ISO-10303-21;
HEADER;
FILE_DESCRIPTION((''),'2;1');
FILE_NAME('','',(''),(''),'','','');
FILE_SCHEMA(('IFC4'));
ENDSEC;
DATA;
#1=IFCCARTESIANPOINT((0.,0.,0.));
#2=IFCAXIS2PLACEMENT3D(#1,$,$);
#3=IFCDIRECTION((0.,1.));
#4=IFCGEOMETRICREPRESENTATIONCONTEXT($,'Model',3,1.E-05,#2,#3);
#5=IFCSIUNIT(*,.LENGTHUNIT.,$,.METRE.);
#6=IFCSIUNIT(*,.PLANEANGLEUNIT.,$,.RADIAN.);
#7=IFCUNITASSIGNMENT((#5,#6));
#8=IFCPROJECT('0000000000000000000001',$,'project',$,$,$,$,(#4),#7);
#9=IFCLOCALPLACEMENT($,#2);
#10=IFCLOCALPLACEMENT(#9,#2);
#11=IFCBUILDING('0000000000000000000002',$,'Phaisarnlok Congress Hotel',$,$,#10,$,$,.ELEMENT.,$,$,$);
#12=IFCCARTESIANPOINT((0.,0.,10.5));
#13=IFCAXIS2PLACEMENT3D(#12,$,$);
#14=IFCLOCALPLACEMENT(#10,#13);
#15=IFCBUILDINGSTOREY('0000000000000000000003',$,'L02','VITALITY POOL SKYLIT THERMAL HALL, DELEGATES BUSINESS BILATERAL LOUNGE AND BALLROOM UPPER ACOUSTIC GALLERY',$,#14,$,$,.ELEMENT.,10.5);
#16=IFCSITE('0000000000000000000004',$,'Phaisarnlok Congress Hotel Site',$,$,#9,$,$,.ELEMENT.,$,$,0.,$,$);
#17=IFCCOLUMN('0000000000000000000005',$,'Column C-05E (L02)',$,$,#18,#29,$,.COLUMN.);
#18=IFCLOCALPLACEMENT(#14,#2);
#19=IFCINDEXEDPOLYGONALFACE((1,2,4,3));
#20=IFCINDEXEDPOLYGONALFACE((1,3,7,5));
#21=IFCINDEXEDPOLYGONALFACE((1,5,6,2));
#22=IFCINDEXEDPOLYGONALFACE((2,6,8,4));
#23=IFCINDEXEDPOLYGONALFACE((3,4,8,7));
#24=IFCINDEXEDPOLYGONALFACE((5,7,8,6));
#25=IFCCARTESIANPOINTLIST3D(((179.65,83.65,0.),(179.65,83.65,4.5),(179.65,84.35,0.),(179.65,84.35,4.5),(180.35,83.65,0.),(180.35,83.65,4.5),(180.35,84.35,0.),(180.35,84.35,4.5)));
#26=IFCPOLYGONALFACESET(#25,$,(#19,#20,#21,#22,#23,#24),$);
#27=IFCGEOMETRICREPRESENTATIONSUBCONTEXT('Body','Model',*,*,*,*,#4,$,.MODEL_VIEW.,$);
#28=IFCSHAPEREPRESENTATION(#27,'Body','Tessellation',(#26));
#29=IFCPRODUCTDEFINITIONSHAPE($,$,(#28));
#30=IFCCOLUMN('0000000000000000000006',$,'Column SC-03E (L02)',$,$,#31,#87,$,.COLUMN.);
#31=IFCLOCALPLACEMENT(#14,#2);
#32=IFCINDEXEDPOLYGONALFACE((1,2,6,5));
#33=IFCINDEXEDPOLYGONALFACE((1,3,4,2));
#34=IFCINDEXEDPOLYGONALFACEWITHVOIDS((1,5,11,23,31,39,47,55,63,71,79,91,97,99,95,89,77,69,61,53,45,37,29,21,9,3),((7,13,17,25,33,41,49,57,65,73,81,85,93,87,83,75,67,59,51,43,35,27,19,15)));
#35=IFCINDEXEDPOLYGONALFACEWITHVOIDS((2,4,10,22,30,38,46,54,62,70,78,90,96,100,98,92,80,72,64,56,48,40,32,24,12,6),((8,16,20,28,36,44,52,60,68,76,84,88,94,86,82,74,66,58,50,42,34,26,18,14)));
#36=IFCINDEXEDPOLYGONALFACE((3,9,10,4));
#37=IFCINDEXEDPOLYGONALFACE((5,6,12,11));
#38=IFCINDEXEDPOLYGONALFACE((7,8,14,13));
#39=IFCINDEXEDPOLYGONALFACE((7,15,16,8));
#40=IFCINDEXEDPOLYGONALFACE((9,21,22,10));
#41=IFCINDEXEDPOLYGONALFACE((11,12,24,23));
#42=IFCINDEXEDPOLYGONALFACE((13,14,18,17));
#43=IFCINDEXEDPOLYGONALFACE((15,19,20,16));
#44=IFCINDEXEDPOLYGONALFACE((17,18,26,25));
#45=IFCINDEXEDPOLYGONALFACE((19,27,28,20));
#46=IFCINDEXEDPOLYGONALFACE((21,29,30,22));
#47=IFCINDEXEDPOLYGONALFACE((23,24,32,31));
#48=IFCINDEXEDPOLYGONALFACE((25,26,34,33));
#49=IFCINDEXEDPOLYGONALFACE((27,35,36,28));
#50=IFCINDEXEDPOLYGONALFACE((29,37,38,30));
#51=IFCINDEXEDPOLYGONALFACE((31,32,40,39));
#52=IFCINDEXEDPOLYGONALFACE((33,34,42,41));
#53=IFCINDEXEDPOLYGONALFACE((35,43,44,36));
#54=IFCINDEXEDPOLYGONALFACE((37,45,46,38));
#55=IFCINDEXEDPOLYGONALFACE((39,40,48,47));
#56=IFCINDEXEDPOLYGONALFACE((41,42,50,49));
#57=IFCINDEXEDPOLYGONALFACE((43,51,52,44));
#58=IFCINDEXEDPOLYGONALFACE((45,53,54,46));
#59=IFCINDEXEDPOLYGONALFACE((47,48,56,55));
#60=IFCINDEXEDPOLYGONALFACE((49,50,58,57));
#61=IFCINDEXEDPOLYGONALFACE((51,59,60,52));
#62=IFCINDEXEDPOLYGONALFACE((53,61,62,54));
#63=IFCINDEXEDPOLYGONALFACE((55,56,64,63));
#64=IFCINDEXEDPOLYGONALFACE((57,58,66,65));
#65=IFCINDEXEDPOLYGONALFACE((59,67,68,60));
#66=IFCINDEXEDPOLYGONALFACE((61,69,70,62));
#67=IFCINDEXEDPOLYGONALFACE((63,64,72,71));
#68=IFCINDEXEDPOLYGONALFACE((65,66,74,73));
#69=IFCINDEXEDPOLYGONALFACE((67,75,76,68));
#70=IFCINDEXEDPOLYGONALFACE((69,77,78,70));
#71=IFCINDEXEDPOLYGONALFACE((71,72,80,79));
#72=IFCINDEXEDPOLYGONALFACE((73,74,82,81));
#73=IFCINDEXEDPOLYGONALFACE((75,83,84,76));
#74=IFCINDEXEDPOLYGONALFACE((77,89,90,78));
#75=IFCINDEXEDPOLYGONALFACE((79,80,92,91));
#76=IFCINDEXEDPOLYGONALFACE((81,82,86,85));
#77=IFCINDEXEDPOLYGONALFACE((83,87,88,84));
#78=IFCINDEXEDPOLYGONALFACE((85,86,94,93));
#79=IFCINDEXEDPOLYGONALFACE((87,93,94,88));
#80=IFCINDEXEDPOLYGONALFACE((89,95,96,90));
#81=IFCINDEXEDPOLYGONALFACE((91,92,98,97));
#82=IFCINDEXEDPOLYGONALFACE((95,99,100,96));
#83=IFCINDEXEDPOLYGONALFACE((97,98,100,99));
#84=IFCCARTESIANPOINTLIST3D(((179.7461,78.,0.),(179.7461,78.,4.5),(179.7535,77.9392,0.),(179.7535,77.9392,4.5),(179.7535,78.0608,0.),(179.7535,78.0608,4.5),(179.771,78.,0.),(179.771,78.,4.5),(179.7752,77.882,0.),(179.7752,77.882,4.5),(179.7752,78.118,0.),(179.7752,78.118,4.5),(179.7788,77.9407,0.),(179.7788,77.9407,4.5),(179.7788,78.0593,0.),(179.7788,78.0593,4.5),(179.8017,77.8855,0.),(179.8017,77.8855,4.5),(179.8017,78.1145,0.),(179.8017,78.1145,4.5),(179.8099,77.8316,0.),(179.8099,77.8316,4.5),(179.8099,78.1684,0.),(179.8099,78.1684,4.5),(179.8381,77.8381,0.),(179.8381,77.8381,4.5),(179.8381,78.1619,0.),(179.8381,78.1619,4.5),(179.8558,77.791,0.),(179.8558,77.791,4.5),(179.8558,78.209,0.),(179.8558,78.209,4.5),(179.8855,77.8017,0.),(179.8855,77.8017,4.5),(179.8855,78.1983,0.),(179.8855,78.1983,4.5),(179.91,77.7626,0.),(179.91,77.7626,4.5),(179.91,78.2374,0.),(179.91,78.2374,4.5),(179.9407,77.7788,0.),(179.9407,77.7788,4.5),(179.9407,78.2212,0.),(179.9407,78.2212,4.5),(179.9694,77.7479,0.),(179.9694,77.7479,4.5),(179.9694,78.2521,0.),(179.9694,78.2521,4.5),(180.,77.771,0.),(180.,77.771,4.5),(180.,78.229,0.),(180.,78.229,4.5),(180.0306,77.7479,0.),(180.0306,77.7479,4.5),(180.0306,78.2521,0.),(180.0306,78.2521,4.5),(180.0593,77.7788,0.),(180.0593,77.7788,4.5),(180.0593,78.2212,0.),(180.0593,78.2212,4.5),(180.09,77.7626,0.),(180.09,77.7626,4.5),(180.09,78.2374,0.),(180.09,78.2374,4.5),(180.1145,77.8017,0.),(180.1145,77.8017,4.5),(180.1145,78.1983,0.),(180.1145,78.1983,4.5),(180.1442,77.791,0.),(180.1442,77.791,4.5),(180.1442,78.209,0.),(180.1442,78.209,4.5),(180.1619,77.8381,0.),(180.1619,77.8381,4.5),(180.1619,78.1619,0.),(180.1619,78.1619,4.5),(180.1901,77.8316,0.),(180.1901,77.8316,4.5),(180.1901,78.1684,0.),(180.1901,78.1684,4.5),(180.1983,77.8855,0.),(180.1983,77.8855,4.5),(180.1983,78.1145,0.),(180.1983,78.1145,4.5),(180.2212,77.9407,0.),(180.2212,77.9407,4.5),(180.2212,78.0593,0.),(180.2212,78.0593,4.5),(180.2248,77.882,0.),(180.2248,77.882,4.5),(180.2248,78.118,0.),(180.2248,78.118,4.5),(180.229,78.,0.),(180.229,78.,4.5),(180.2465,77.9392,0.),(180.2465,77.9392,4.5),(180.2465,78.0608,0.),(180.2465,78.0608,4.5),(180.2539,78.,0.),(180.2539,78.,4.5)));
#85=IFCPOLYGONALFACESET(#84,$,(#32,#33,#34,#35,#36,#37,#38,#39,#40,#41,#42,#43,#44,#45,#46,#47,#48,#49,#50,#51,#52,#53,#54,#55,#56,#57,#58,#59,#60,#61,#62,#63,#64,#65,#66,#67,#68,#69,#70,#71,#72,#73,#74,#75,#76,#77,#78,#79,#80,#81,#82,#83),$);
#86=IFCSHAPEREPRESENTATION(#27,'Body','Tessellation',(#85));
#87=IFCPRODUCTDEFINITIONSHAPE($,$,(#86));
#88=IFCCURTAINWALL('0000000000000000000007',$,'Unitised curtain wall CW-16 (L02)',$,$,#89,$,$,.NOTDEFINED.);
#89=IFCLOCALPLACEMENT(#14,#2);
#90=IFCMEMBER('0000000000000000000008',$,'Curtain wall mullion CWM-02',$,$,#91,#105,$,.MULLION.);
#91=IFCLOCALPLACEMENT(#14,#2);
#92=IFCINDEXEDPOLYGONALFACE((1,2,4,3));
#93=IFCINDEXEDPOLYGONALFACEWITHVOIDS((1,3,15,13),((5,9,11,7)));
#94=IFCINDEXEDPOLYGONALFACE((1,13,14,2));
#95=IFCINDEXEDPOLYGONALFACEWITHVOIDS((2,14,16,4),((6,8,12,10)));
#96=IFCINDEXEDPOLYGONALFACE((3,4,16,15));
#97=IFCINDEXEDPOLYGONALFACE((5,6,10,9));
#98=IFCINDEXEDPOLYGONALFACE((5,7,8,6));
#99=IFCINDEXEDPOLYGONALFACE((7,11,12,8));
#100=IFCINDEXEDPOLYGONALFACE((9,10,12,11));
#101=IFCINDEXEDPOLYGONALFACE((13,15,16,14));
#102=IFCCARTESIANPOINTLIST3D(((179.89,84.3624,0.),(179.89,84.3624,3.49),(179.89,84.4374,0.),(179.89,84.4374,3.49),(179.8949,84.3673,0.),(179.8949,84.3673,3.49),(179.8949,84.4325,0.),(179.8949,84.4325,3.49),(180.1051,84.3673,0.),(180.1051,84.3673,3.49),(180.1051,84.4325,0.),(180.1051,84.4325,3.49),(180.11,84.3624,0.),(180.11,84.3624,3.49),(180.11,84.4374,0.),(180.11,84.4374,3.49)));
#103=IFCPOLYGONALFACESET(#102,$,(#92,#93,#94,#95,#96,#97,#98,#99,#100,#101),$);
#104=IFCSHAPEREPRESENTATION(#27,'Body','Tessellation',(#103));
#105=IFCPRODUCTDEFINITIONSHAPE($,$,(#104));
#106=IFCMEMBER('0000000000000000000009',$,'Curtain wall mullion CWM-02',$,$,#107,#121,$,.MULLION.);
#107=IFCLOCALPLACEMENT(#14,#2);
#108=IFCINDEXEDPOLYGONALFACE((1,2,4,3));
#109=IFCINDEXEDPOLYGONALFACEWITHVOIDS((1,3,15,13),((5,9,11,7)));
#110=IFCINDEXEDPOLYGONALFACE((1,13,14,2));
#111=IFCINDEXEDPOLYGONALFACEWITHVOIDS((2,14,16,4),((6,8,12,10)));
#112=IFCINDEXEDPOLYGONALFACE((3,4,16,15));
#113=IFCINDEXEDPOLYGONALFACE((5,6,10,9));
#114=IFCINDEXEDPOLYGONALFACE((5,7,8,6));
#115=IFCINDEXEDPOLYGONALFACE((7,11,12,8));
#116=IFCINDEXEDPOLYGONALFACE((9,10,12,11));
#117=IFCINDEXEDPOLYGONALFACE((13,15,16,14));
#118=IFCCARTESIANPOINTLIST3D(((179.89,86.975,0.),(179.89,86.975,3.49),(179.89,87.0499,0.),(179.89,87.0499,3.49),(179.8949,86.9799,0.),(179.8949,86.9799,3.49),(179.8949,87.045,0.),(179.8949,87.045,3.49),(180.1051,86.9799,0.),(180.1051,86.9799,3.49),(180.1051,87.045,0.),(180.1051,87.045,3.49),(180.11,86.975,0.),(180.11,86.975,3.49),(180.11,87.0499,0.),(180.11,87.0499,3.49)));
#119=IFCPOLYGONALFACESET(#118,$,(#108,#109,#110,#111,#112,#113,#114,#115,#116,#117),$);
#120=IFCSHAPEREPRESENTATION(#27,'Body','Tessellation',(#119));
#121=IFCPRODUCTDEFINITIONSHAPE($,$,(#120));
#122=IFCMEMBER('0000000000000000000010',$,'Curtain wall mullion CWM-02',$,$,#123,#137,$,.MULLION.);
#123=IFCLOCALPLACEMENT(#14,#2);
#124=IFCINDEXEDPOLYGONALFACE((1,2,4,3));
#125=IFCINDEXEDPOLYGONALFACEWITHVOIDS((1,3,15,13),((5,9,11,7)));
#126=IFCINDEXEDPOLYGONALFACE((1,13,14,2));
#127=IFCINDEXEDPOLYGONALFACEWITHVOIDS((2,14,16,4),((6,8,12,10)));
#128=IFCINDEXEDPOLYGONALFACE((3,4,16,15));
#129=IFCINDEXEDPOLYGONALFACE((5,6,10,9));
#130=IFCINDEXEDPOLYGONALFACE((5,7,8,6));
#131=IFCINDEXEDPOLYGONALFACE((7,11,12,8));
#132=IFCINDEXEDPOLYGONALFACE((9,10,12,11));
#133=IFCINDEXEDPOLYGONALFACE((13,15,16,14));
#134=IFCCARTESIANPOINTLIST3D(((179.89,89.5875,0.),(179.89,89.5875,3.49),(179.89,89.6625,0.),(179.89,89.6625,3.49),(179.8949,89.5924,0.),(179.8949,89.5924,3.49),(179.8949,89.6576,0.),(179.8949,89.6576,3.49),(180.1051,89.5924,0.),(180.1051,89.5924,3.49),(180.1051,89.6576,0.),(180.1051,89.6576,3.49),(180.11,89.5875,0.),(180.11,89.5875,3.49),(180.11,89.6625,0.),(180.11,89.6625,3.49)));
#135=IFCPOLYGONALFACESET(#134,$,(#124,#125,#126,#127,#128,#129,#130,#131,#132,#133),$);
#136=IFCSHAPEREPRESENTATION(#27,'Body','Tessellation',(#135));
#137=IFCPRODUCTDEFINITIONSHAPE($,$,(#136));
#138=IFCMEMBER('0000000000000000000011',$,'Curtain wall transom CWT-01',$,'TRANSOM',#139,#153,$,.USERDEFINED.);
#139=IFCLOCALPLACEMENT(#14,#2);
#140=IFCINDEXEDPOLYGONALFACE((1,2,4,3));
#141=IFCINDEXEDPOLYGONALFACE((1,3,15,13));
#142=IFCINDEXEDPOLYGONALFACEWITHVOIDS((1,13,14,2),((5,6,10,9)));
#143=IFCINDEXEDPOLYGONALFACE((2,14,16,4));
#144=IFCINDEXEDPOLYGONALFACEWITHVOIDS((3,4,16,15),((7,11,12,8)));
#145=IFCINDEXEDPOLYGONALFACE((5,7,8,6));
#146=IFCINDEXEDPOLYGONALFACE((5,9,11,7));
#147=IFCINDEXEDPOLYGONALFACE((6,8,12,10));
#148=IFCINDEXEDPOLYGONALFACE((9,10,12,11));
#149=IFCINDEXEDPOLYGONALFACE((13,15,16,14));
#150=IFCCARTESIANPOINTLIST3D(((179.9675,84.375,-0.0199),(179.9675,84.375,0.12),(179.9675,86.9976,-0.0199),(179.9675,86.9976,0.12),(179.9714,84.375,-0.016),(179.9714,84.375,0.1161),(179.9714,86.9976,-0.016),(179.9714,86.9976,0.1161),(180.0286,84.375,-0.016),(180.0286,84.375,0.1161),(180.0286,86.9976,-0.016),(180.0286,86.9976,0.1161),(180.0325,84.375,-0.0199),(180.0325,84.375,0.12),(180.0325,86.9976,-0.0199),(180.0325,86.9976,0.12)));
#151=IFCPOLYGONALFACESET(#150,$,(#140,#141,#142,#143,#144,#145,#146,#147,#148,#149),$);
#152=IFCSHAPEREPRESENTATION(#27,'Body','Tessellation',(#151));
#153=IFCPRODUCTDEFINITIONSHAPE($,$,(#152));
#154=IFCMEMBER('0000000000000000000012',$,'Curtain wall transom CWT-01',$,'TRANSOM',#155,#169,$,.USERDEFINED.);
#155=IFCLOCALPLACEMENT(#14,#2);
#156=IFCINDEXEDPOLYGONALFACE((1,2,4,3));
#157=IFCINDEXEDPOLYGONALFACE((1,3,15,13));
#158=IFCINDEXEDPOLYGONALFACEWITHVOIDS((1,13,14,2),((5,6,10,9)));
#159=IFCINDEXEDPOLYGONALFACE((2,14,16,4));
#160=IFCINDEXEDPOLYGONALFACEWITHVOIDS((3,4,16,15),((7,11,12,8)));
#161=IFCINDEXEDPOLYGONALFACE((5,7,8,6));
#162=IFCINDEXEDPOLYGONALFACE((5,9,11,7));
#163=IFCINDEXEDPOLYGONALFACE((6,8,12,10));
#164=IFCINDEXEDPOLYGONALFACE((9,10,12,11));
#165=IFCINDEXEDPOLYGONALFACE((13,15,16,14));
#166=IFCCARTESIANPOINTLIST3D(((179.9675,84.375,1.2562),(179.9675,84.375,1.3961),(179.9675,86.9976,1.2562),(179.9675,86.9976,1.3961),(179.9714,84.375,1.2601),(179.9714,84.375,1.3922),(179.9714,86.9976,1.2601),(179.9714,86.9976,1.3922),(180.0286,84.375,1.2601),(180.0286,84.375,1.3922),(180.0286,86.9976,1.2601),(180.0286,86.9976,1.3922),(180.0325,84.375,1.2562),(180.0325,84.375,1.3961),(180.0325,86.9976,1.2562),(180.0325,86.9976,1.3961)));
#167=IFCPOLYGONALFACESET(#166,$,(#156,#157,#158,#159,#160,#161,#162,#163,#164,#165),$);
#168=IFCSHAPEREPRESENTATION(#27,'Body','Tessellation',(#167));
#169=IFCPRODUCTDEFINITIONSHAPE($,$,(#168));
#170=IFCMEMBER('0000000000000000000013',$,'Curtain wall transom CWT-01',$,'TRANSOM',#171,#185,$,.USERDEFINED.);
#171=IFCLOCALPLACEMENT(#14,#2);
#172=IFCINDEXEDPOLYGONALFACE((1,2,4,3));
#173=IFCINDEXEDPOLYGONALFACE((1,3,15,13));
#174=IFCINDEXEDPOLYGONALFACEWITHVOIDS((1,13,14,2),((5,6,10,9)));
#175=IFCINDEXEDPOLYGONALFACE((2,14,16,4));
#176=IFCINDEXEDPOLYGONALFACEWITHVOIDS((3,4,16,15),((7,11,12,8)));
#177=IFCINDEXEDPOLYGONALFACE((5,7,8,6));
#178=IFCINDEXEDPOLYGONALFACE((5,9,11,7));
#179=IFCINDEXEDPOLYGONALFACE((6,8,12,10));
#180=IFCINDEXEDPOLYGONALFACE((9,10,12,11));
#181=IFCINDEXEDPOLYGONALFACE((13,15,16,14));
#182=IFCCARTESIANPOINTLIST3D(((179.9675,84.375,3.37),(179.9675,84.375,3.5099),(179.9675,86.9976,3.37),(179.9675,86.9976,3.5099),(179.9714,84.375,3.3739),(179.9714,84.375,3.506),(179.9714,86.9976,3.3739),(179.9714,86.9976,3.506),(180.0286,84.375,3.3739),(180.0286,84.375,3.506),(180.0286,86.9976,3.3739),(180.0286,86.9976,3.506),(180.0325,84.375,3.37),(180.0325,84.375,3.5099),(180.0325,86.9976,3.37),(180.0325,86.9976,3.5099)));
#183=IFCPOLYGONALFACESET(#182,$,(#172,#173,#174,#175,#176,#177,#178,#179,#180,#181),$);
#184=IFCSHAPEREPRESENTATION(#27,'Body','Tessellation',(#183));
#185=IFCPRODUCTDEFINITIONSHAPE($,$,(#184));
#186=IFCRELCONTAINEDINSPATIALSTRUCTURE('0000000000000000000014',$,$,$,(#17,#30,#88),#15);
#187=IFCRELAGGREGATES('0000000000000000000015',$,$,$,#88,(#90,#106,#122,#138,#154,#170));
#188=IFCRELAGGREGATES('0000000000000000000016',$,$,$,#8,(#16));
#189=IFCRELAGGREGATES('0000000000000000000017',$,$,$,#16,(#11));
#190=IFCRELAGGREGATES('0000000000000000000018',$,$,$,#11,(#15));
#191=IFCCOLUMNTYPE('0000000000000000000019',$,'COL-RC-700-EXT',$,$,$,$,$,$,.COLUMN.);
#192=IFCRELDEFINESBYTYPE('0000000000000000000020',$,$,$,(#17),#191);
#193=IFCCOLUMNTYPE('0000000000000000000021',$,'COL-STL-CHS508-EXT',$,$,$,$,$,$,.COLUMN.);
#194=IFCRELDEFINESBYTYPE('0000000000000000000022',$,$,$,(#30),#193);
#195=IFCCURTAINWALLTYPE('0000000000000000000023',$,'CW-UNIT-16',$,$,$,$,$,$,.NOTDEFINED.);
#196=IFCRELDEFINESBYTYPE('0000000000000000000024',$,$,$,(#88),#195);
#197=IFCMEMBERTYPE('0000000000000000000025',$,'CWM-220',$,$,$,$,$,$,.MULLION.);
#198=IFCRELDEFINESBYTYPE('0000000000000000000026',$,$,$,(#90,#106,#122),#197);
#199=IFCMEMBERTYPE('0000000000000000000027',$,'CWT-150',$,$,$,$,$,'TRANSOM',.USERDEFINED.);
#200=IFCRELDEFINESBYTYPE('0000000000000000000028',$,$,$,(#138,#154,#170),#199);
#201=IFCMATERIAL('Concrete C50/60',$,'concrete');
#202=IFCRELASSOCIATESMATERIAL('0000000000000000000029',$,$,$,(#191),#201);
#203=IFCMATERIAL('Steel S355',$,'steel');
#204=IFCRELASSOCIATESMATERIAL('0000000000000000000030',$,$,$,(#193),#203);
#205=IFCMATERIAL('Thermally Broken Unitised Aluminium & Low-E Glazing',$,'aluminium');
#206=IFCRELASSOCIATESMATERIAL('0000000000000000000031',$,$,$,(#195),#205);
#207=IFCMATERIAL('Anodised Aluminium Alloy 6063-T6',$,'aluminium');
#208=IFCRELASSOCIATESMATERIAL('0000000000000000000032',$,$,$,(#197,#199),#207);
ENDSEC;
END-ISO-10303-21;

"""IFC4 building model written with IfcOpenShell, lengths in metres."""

from ifc_helpers import new_model, si_unit, direction, frame, origin, origin_2d, place, context, subcontext, project, spatial, rectangle, hollow_rectangle, hollow_circle, extrude, material, material_profile, profile_set, type_object, element, aggregate, save


model = new_model("IFC4")

# Units and contexts
model_context = context("Model", 3, precision=1e-05, world=origin(), true_north=direction((0.0, 1.0)))
body_context = subcontext(model_context, "Body", "Model", "MODEL_VIEW")
ifc_project = project(units=[si_unit("LENGTHUNIT", "METRE"), si_unit("PLANEANGLEUNIT", "RADIAN")], contexts=[model_context])

# Site, building, storey
site_placement = place(None, origin())
site = spatial("IfcSite", under=ifc_project, at=site_placement, Name="Phaisarnlok Congress Hotel Site", CompositionType="ELEMENT", RefElevation=0.0)
building_placement = place(site_placement, origin())
building = spatial("IfcBuilding", under=site, at=building_placement, Name="Phaisarnlok Congress Hotel", CompositionType="ELEMENT")
storey_placement = place(building_placement, frame((0.0, 0.0, 10.5)))
storey = spatial("IfcBuildingStorey", under=building, at=storey_placement, Name="L02", Description="VITALITY POOL SKYLIT THERMAL HALL, DELEGATES BUSINESS BILATERAL LOUNGE AND BALLROOM UPPER ACOUSTIC GALLERY", CompositionType="ELEMENT", Elevation=10.5)

# Columns
ifc_material_1 = material(Name="Concrete C50/60", Category="concrete")
ifc_material_profile_1 = material_profile(ifc_material_1, rectangle(XDim=0.7, YDim=0.7, at=origin_2d()), Name="RC 700x700")
ifc_profile_set_1 = profile_set([ifc_material_profile_1], Name="Concrete C50/60")
column_type_1 = type_object("IfcColumnType", Name="COL-RC-700-EXT", PredefinedType="COLUMN", material=ifc_profile_set_1)
column_1_placement = place(storey_placement, frame((180.0, 84.0, 0.0), z_axis=(0.0, 0.0, 1.0), x_axis=(1.0, 0.0, 0.0)))
element("IfcColumn", 1, at=column_1_placement, inside=storey, type_object=column_type_1, Name="Column C-05E (L02)", PredefinedType="COLUMN", context=body_context, shape_type="SweptSolid", body=[
    extrude(rectangle(XDim=0.7, YDim=0.7, at=origin_2d()), origin(), (0.0, 0.0, 1.0), 4.5),
])
ifc_material_2 = material(Name="Steel S355", Category="steel")
ifc_material_profile_2 = material_profile(ifc_material_2, hollow_circle(Radius=0.2539, WallThickness=0.0249, at=origin_2d()), Name="CHS 508x25")
ifc_profile_set_2 = profile_set([ifc_material_profile_2], Name="Steel S355")
column_type_2 = type_object("IfcColumnType", Name="COL-STL-CHS508-EXT", PredefinedType="COLUMN", material=ifc_profile_set_2)
column_2_placement = place(storey_placement, frame((180.0, 78.0, 0.0), z_axis=(0.0, 0.0, 1.0), x_axis=(1.0, 0.0, 0.0)))
element("IfcColumn", 2, at=column_2_placement, inside=storey, type_object=column_type_2, Name="Column SC-03E (L02)", PredefinedType="COLUMN", context=body_context, shape_type="SweptSolid", body=[
    extrude(hollow_circle(Radius=0.2539, WallThickness=0.0249, at=origin_2d()), origin(), (0.0, 0.0, 1.0), 4.5),
])

# Curtain wall, members
ifc_material_3 = material(Name="Thermally Broken Unitised Aluminium & Low-E Glazing", Category="aluminium")
curtain_wall_type = type_object("IfcCurtainWallType", Name="CW-UNIT-16", PredefinedType="NOTDEFINED", material=ifc_material_3)
curtain_wall_placement = place(storey_placement, origin())
curtain_wall = element("IfcCurtainWall", 3, at=curtain_wall_placement, inside=storey, type_object=curtain_wall_type, Name="Unitised curtain wall CW-16 (L02)", PredefinedType="NOTDEFINED")
ifc_material_4 = material(Name="Anodised Aluminium Alloy 6063-T6", Category="aluminium")
ifc_material_profile_3 = material_profile(ifc_material_4, hollow_rectangle(XDim=0.075, YDim=0.22, WallThickness=0.0049, at=origin_2d()), Name="ALU-M 75x220x5")
ifc_profile_set_3 = profile_set([ifc_material_profile_3], Name="Anodised Aluminium Alloy 6063-T6")
member_type_1 = type_object("IfcMemberType", Name="CWM-220", PredefinedType="MULLION", material=ifc_profile_set_3)
member_1_placement = place(storey_placement, frame((180.0, 84.3999, 0.0), z_axis=(0.0, 0.0, 1.0), x_axis=(0.0, 1.0, 0.0)))
member_1 = element("IfcMember", 4, at=member_1_placement, type_object=member_type_1, Name="Curtain wall mullion CWM-02", PredefinedType="MULLION", context=body_context, shape_type="SweptSolid", body=[
    extrude(hollow_rectangle(XDim=0.075, YDim=0.22, WallThickness=0.0049, at=origin_2d()), origin(), (0.0, 0.0, 1.0), 3.49),
])
member_2_placement = place(storey_placement, frame((180.0, 87.0125, 0.0), z_axis=(0.0, 0.0, 1.0), x_axis=(0.0, 1.0, 0.0)))
member_2 = element("IfcMember", 5, at=member_2_placement, type_object=member_type_1, Name="Curtain wall mullion CWM-02", PredefinedType="MULLION", context=body_context, shape_type="SweptSolid", body=[
    extrude(hollow_rectangle(XDim=0.075, YDim=0.22, WallThickness=0.0049, at=origin_2d()), origin(), (0.0, 0.0, 1.0), 3.49),
])
member_3_placement = place(storey_placement, frame((180.0, 89.625, 0.0), z_axis=(0.0, 0.0, 1.0), x_axis=(0.0, 1.0, 0.0)))
member_3 = element("IfcMember", 6, at=member_3_placement, type_object=member_type_1, Name="Curtain wall mullion CWM-02", PredefinedType="MULLION", context=body_context, shape_type="SweptSolid", body=[
    extrude(hollow_rectangle(XDim=0.075, YDim=0.22, WallThickness=0.0049, at=origin_2d()), origin(), (0.0, 0.0, 1.0), 3.49),
])
ifc_material_profile_4 = material_profile(ifc_material_4, hollow_rectangle(XDim=0.0649, YDim=0.1399, WallThickness=0.0039, at=origin_2d()), Name="ALU-T 65x140x4")
ifc_profile_set_4 = profile_set([ifc_material_profile_4], Name="Anodised Aluminium Alloy 6063-T6")
member_type_2 = type_object("IfcMemberType", Name="CWT-150", ElementType="TRANSOM", PredefinedType="USERDEFINED", material=ifc_profile_set_4)
member_4_placement = place(storey_placement, frame((180.0, 84.375, 0.05), z_axis=(0.0, 1.0, 0.0), x_axis=(-1.0, 0.0, 0.0)))
member_4 = element("IfcMember", 7, at=member_4_placement, type_object=member_type_2, Name="Curtain wall transom CWT-01", ObjectType="TRANSOM", PredefinedType="USERDEFINED", context=body_context, shape_type="SweptSolid", body=[
    extrude(hollow_rectangle(XDim=0.0649, YDim=0.1399, WallThickness=0.0039, at=origin_2d()), origin(), (0.0, 0.0, 1.0), 2.6226),
])
member_5_placement = place(storey_placement, frame((180.0, 84.375, 1.3262), z_axis=(0.0, 1.0, 0.0), x_axis=(-1.0, 0.0, 0.0)))
member_5 = element("IfcMember", 8, at=member_5_placement, type_object=member_type_2, Name="Curtain wall transom CWT-01", ObjectType="TRANSOM", PredefinedType="USERDEFINED", context=body_context, shape_type="SweptSolid", body=[
    extrude(hollow_rectangle(XDim=0.0649, YDim=0.1399, WallThickness=0.0039, at=origin_2d()), origin(), (0.0, 0.0, 1.0), 2.6226),
])
member_6_placement = place(storey_placement, frame((180.0, 84.375, 3.4399), z_axis=(0.0, 1.0, 0.0), x_axis=(-1.0, 0.0, 0.0)))
member_6 = element("IfcMember", 9, at=member_6_placement, type_object=member_type_2, Name="Curtain wall transom CWT-01", ObjectType="TRANSOM", PredefinedType="USERDEFINED", context=body_context, shape_type="SweptSolid", body=[
    extrude(hollow_rectangle(XDim=0.0649, YDim=0.1399, WallThickness=0.0039, at=origin_2d()), origin(), (0.0, 0.0, 1.0), 2.6226),
])

aggregate(curtain_wall, [member_1, member_2, member_3, member_4, member_5, member_6])

save(model, "model.ifc")
